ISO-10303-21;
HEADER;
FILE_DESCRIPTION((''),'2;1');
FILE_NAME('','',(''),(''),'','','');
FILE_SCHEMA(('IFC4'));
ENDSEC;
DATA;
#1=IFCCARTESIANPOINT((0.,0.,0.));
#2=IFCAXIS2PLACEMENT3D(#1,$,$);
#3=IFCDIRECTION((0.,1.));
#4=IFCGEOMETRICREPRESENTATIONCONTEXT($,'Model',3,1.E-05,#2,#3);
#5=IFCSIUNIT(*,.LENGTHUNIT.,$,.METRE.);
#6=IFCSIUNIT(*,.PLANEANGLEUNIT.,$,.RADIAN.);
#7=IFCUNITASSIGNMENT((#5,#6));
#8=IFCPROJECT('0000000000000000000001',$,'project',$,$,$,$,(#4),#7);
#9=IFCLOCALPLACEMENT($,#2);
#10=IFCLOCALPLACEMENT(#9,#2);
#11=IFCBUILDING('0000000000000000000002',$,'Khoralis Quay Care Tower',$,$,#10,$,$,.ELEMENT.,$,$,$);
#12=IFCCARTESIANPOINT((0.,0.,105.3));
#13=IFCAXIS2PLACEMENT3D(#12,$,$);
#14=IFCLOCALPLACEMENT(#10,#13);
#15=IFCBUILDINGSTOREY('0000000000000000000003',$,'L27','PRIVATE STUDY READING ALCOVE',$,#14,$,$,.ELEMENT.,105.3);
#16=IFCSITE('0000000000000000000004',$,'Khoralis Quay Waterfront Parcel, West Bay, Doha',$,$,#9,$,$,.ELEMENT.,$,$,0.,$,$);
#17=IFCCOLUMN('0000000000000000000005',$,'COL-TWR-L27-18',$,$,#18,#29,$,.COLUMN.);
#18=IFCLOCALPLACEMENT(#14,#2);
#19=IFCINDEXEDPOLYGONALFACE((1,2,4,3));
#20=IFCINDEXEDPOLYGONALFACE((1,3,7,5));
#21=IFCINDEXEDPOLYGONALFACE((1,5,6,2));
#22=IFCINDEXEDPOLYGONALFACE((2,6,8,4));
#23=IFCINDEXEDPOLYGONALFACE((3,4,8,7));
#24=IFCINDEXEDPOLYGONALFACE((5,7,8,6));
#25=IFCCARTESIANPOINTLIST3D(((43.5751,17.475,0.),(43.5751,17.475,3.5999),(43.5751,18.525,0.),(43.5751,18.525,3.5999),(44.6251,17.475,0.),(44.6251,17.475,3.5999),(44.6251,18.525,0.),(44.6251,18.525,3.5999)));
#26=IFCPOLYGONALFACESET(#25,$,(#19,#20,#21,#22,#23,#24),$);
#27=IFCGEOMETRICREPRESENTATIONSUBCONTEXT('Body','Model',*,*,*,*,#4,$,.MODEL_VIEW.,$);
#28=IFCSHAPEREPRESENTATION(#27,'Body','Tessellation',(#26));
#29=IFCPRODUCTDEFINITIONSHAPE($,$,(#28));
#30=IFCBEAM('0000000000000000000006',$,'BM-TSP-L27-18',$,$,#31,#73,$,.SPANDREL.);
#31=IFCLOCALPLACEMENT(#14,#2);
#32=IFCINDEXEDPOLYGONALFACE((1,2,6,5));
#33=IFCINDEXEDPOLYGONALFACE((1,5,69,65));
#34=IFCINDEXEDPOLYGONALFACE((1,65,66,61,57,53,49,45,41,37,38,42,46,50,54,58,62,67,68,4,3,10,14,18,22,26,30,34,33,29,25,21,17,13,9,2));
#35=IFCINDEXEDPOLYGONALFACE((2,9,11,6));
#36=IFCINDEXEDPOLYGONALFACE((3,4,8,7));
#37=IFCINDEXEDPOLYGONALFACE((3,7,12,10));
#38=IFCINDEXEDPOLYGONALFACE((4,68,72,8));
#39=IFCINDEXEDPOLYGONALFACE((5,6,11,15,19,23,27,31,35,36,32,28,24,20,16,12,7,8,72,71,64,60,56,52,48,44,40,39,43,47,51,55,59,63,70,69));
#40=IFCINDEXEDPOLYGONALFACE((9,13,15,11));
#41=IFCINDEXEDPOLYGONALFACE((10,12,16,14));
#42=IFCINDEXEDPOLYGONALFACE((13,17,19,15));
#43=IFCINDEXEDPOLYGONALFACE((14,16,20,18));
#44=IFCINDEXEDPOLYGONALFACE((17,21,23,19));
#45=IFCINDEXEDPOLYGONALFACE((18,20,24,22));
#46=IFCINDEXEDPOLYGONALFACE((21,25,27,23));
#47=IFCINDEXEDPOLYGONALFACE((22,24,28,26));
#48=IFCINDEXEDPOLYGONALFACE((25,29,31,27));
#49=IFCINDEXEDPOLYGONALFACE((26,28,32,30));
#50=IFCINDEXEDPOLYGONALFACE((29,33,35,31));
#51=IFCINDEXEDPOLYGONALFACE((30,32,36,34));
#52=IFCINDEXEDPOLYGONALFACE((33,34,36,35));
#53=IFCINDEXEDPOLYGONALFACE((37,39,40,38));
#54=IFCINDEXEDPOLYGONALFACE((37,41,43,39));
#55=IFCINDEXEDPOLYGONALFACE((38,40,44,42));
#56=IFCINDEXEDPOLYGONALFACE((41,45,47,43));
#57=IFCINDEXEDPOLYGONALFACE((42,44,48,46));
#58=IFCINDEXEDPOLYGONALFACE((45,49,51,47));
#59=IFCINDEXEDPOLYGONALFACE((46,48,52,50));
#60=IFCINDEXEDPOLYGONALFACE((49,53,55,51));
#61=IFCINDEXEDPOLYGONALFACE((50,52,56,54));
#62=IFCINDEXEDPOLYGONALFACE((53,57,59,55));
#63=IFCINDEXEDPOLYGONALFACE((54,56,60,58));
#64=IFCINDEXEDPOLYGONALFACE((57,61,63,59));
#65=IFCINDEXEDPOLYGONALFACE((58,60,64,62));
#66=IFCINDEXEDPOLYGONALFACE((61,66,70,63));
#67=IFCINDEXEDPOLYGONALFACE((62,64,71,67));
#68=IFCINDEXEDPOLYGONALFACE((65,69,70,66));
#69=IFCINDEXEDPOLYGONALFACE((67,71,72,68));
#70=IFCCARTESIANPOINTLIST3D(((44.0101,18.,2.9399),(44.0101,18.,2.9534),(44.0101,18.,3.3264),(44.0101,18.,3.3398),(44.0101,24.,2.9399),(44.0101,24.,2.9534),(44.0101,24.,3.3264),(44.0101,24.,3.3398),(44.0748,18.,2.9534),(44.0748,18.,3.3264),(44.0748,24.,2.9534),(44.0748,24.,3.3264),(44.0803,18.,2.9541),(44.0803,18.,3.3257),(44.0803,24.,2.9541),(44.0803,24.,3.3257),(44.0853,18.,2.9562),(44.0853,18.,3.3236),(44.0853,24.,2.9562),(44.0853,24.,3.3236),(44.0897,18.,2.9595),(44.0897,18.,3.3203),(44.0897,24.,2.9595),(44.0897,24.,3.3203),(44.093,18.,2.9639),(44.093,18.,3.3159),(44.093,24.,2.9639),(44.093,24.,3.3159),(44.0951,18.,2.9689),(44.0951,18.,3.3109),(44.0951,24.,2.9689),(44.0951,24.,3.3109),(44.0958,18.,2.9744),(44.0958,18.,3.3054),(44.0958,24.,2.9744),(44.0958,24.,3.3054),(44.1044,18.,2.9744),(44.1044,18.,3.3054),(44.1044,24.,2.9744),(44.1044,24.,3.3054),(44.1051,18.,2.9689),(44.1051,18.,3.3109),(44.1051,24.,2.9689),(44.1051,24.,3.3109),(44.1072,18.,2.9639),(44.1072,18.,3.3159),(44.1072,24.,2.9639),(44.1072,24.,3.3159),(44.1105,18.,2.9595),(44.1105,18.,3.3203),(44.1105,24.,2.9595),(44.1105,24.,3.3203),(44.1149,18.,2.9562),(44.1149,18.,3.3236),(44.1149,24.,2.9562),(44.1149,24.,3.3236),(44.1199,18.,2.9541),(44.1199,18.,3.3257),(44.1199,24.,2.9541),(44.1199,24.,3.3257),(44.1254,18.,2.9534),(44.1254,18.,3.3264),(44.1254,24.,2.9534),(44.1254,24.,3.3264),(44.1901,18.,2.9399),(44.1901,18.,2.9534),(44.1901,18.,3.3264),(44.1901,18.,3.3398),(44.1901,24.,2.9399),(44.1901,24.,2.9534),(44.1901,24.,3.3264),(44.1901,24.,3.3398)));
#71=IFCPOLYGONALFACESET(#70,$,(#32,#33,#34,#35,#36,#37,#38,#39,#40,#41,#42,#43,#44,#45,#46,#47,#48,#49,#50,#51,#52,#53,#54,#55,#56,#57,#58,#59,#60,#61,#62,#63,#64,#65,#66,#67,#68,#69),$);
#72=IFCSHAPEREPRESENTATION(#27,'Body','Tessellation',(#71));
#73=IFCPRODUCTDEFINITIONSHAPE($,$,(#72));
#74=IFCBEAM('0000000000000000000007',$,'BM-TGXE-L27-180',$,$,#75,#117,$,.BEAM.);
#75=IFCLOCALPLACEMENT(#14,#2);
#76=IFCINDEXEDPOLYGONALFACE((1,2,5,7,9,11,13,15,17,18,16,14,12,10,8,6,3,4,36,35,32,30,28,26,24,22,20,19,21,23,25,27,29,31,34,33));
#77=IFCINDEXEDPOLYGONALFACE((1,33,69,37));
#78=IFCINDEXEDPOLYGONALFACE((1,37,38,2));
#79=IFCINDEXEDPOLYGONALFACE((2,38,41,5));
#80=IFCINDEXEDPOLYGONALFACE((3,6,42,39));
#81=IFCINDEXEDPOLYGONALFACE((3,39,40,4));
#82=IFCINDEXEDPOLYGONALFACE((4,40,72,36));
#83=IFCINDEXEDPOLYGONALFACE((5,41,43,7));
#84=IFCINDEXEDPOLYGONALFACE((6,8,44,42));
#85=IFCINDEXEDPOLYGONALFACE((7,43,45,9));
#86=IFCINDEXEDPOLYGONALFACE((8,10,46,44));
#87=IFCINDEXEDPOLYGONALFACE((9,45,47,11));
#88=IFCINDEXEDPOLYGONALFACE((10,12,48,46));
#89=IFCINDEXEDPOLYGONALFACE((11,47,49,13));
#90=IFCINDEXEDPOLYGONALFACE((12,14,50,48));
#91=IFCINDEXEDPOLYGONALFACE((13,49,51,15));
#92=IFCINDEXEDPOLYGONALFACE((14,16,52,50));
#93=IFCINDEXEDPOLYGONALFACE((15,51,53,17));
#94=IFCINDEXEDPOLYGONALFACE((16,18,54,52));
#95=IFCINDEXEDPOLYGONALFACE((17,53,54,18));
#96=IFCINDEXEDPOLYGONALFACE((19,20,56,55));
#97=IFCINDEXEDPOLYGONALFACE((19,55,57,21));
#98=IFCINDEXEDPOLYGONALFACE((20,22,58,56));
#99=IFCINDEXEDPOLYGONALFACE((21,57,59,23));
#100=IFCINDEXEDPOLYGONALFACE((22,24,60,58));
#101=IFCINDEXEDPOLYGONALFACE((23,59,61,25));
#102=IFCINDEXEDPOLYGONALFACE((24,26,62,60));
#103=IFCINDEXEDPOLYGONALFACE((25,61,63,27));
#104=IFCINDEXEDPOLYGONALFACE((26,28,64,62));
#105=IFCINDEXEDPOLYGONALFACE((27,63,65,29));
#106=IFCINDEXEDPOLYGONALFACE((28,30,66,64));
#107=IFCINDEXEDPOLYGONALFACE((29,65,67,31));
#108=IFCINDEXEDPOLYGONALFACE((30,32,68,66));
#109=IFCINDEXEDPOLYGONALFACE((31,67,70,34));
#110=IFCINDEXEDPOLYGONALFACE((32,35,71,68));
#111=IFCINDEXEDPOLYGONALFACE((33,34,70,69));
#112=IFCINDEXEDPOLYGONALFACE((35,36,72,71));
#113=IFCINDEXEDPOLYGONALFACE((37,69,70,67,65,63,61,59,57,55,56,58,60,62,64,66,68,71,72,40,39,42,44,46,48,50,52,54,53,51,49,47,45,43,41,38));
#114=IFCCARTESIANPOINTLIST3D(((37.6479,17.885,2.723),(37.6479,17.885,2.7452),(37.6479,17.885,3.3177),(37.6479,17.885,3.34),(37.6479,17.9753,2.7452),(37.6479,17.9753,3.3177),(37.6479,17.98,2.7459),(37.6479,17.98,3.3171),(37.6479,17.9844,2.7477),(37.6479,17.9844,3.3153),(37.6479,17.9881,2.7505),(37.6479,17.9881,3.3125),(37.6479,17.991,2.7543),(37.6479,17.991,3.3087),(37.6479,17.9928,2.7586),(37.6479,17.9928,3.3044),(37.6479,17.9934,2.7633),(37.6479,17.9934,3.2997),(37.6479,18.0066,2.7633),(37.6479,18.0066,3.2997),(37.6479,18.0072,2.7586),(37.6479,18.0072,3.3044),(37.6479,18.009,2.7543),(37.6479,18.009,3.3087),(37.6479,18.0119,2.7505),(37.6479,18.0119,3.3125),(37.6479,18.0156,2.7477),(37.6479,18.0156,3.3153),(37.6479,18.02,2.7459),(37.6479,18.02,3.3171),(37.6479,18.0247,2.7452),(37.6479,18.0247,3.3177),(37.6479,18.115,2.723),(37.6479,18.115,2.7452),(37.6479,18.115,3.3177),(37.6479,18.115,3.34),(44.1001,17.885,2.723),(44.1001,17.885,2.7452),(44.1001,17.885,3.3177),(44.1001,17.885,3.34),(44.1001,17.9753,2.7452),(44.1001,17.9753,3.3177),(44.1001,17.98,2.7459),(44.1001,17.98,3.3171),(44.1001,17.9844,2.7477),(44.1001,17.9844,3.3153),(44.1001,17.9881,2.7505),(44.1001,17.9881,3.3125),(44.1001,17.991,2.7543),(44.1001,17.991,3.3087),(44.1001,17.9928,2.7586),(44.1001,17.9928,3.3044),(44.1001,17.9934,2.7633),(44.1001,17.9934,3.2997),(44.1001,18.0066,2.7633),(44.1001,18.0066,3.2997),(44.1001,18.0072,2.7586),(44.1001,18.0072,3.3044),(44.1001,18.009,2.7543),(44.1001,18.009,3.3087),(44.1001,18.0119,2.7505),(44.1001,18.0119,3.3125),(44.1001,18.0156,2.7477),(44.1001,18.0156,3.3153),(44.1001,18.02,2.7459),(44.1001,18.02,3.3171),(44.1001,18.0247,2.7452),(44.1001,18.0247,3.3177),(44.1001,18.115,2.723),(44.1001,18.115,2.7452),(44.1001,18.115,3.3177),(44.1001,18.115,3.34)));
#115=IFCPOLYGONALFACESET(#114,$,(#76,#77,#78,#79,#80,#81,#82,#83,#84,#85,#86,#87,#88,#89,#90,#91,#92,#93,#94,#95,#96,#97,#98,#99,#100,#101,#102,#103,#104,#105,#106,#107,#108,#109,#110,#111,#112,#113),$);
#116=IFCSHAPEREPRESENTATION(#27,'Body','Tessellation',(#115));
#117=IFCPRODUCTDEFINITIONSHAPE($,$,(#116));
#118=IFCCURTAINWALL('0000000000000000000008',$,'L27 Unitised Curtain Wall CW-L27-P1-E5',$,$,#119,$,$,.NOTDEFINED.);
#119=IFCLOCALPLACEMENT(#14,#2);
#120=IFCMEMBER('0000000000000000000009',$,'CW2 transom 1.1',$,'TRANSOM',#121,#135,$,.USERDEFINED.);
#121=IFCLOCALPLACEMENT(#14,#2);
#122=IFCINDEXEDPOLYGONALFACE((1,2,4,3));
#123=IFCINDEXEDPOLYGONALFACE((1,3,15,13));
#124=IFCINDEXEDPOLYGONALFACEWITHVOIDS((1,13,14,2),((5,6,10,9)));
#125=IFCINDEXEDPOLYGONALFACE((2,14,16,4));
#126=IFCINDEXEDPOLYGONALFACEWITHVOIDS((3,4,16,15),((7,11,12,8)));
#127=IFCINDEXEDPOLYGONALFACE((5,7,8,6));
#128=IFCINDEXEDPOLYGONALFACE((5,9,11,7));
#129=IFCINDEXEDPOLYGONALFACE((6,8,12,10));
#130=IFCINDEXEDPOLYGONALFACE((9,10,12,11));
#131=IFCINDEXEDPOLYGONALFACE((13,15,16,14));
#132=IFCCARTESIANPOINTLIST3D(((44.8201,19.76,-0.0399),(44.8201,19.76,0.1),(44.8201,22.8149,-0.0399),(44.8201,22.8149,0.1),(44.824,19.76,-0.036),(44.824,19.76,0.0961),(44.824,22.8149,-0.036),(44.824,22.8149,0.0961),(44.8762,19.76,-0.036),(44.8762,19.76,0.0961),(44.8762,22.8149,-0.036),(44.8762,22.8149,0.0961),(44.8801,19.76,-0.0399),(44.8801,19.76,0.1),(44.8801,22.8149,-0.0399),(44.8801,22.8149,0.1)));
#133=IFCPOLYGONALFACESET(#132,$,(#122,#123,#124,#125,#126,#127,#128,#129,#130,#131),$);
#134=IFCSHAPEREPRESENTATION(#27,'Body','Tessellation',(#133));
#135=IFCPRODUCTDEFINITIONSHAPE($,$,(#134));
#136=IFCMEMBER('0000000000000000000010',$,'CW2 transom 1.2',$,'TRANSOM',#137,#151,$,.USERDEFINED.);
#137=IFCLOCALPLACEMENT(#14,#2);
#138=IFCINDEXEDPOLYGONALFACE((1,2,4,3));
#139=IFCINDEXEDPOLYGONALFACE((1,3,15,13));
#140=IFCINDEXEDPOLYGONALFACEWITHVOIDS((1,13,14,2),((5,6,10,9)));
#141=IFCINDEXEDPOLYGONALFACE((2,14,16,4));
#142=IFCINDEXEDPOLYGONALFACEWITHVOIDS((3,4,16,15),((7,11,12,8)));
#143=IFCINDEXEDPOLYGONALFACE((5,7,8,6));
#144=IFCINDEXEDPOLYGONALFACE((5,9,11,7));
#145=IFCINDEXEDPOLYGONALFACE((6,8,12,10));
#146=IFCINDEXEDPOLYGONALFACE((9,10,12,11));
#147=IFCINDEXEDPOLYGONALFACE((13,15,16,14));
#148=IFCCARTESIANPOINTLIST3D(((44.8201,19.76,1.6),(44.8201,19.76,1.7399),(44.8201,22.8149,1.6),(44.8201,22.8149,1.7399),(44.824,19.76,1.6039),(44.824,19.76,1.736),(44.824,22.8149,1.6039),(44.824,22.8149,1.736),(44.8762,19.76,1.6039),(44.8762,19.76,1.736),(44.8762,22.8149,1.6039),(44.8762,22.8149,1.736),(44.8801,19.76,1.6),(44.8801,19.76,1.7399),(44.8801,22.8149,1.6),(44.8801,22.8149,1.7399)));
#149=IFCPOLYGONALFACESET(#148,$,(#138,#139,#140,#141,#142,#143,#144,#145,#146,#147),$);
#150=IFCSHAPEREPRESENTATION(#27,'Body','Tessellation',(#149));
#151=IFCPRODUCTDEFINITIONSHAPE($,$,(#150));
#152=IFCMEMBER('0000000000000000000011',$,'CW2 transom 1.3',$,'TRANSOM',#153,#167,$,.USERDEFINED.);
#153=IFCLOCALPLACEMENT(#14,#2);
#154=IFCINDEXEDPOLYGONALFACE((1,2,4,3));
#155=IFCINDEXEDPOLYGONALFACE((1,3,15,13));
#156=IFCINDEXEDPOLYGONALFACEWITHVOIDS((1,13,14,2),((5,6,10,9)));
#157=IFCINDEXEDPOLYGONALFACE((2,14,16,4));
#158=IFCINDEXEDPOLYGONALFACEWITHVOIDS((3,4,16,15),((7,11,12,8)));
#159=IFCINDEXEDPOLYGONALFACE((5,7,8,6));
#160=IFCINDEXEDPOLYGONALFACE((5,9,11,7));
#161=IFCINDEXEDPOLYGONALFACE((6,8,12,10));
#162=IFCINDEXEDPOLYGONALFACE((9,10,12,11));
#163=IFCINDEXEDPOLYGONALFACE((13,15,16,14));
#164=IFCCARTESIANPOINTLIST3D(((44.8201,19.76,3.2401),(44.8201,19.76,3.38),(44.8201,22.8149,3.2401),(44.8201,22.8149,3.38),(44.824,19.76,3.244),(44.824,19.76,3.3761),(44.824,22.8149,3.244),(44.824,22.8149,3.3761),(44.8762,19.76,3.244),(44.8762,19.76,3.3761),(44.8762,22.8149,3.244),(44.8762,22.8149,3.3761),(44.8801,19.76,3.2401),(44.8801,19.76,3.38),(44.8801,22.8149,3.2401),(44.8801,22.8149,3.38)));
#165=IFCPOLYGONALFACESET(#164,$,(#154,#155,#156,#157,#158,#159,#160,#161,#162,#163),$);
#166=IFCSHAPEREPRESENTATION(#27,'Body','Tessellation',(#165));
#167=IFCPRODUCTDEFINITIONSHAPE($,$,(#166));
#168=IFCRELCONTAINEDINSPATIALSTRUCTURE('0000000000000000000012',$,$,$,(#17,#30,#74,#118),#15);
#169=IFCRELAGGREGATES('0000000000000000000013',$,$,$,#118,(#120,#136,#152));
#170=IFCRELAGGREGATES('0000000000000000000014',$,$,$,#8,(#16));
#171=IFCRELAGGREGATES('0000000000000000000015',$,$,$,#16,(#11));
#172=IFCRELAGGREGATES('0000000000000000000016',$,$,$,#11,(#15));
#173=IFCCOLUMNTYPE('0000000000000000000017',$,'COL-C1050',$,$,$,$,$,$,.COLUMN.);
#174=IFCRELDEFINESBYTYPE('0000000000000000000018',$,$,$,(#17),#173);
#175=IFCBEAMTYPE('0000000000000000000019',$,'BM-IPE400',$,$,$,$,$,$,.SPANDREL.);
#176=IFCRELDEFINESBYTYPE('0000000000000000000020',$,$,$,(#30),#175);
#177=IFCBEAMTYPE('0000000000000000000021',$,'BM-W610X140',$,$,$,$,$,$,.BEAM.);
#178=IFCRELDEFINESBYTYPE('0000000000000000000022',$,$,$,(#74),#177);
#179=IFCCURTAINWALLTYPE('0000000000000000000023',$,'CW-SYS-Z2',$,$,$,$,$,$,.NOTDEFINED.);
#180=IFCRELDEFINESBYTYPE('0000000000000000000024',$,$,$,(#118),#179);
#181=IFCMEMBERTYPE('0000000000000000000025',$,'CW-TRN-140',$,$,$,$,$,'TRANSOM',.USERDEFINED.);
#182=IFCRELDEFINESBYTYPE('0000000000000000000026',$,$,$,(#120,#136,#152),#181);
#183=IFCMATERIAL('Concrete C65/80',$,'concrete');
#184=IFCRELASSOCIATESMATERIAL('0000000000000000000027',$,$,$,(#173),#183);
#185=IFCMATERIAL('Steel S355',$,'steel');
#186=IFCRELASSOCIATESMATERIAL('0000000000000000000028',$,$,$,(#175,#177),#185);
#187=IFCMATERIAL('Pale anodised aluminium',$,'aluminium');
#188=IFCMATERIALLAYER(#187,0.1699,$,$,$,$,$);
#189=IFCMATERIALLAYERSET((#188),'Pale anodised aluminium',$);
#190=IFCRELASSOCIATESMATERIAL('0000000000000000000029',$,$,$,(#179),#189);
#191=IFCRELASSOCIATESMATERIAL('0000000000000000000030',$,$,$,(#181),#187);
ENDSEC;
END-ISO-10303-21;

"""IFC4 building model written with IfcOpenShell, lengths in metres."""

from ifc_helpers import new_model, si_unit, direction, frame, origin, origin_2d, place, context, subcontext, project, spatial, rectangle, hollow_rectangle, i_section, extrude, source, transform, mapped, material, layer, layer_set, material_profile, profile_set, type_object, element, aggregate, save


model = new_model("IFC4")

# Units and contexts
model_context = context("Model", 3, precision=1e-05, world=origin(), true_north=direction((0.0, 1.0)))
body_context = subcontext(model_context, "Body", "Model", "MODEL_VIEW")
ifc_project = project(units=[si_unit("LENGTHUNIT", "METRE"), si_unit("PLANEANGLEUNIT", "RADIAN")], contexts=[model_context])

# Site, building, storey
site_placement = place(None, origin())
site = spatial("IfcSite", under=ifc_project, at=site_placement, Name="Khoralis Quay Waterfront Parcel, West Bay, Doha", CompositionType="ELEMENT", RefElevation=0.0)
building_placement = place(site_placement, origin())
building = spatial("IfcBuilding", under=site, at=building_placement, Name="Khoralis Quay Care Tower", CompositionType="ELEMENT")
storey_placement = place(building_placement, frame((0.0, 0.0, 105.3)))
storey = spatial("IfcBuildingStorey", under=building, at=storey_placement, Name="L27", Description="PRIVATE STUDY READING ALCOVE", CompositionType="ELEMENT", Elevation=105.3)

# Column
ifc_material_1 = material(Name="Concrete C65/80", Category="concrete")
ifc_material_profile_1 = material_profile(ifc_material_1, rectangle(XDim=1.05, YDim=1.05, at=origin_2d()), Name="Concrete C65/80")
ifc_profile_set_1 = profile_set([ifc_material_profile_1], Name="Concrete C65/80")
column_type = type_object("IfcColumnType", Name="COL-C1050", PredefinedType="COLUMN", material=ifc_profile_set_1)
shared_shape_1 = source(origin(), body_context, "Body", "SweptSolid", [
    extrude(rectangle(XDim=1.05, YDim=1.05, at=origin_2d()), origin(), (0.0, 0.0, 1.0), 3.5999),
])
column_placement = place(storey_placement, frame((44.1001, 18.0, 0.0), z_axis=(0.0, 0.0, 1.0), x_axis=(1.0, 0.0, 0.0)))
element("IfcColumn", 1, at=column_placement, inside=storey, type_object=column_type, Name="COL-TWR-L27-18", PredefinedType="COLUMN", context=body_context, shape_type="MappedRepresentation", body=[
    mapped(shared_shape_1, transform((0.0, 0.0, 0.0), scale=1.0)),
])

# Beams
ifc_material_2 = material(Name="Steel S355", Category="steel")
ifc_material_profile_2 = material_profile(ifc_material_2, i_section(OverallWidth=0.1799, OverallDepth=0.3999, WebThickness=0.0085, FlangeThickness=0.0134, FilletRadius=0.021, at=origin_2d()), Name="Steel S355")
ifc_profile_set_2 = profile_set([ifc_material_profile_2], Name="Steel S355")
beam_type_1 = type_object("IfcBeamType", Name="BM-IPE400", PredefinedType="SPANDREL", material=ifc_profile_set_2)
shared_shape_2 = source(origin(), body_context, "Body", "SweptSolid", [
    extrude(i_section(OverallWidth=0.1799, OverallDepth=0.3999, WebThickness=0.0085, FlangeThickness=0.0134, FilletRadius=0.021, at=origin_2d()), origin(), (0.0, 0.0, 1.0), 6.0),
])
beam_1_placement = place(storey_placement, frame((44.1001, 18.0, 3.1399), z_axis=(0.0, 1.0, 0.0), x_axis=(-1.0, 0.0, 0.0)))
element("IfcBeam", 2, at=beam_1_placement, inside=storey, type_object=beam_type_1, Name="BM-TSP-L27-18", PredefinedType="SPANDREL", context=body_context, shape_type="MappedRepresentation", body=[
    mapped(shared_shape_2, transform((0.0, 0.0, 0.0), scale=1.0)),
])
ifc_material_profile_3 = material_profile(ifc_material_2, i_section(OverallWidth=0.23, OverallDepth=0.6169, WebThickness=0.0132, FlangeThickness=0.0222, FilletRadius=0.0181, at=origin_2d()), Name="Steel S355")
ifc_profile_set_3 = profile_set([ifc_material_profile_3], Name="Steel S355")
beam_type_2 = type_object("IfcBeamType", Name="BM-W610X140", PredefinedType="BEAM", material=ifc_profile_set_3)
shared_shape_3 = source(origin(), body_context, "Body", "SweptSolid", [
    extrude(i_section(OverallWidth=0.23, OverallDepth=0.6169, WebThickness=0.0132, FlangeThickness=0.0222, FilletRadius=0.0181, at=origin_2d()), origin(), (0.0, 0.0, 1.0), 6.4521),
])
beam_2_placement = place(storey_placement, frame((37.6479, 18.0, 3.0315), z_axis=(1.0, 0.0, 0.0), x_axis=(0.0, 1.0, 0.0)))
element("IfcBeam", 3, at=beam_2_placement, inside=storey, type_object=beam_type_2, Name="BM-TGXE-L27-180", PredefinedType="BEAM", context=body_context, shape_type="MappedRepresentation", body=[
    mapped(shared_shape_3, transform((0.0, 0.0, 0.0), scale=1.0)),
])

# Curtain wall, members
ifc_material_3 = material(Name="Pale anodised aluminium", Category="aluminium")
ifc_layer_1 = layer(ifc_material_3, 0.1699)
ifc_layer_set_1 = layer_set([ifc_layer_1], Name="Pale anodised aluminium")
curtain_wall_type = type_object("IfcCurtainWallType", Name="CW-SYS-Z2", PredefinedType="NOTDEFINED", material=ifc_layer_set_1)
curtain_wall_placement = place(storey_placement, origin())
curtain_wall = element("IfcCurtainWall", 4, at=curtain_wall_placement, inside=storey, type_object=curtain_wall_type, Name="L27 Unitised Curtain Wall CW-L27-P1-E5", PredefinedType="NOTDEFINED")
ifc_material_profile_4 = material_profile(ifc_material_3, hollow_rectangle(XDim=0.0601, YDim=0.1399, WallThickness=0.0039, at=origin_2d()), Name="Pale anodised aluminium")
ifc_profile_set_4 = profile_set([ifc_material_profile_4], Name="Pale anodised aluminium")
member_type_1 = type_object("IfcMemberType", Name="CW-TRN-140", ElementType="TRANSOM", PredefinedType="USERDEFINED", material=ifc_profile_set_4)
shared_shape_4 = source(origin(), body_context, "Body", "SweptSolid", [
    extrude(hollow_rectangle(XDim=0.0601, YDim=0.1399, WallThickness=0.0039, at=origin_2d()), origin(), (0.0, 0.0, 1.0), 3.0549),
])
member_1_placement = place(storey_placement, frame((44.8501, 19.76, 0.03), z_axis=(0.0, 1.0, 0.0), x_axis=(-1.0, 0.0, 0.0)))
member_1 = element("IfcMember", 5, at=member_1_placement, type_object=member_type_1, Name="CW2 transom 1.1", ObjectType="TRANSOM", PredefinedType="USERDEFINED", context=body_context, shape_type="MappedRepresentation", body=[
    mapped(shared_shape_4, transform((0.0, 0.0, 0.0), scale=1.0)),
])
member_2_placement = place(storey_placement, frame((44.8501, 19.76, 1.6699), z_axis=(0.0, 1.0, 0.0), x_axis=(-1.0, 0.0, 0.0)))
member_2 = element("IfcMember", 6, at=member_2_placement, type_object=member_type_1, Name="CW2 transom 1.2", ObjectType="TRANSOM", PredefinedType="USERDEFINED", context=body_context, shape_type="MappedRepresentation", body=[
    mapped(shared_shape_4, transform((0.0, 0.0, 0.0), scale=1.0)),
])
member_3_placement = place(storey_placement, frame((44.8501, 19.76, 3.3101), z_axis=(0.0, 1.0, 0.0), x_axis=(-1.0, 0.0, 0.0)))
member_3 = element("IfcMember", 7, at=member_3_placement, type_object=member_type_1, Name="CW2 transom 1.3", ObjectType="TRANSOM", PredefinedType="USERDEFINED", context=body_context, shape_type="MappedRepresentation", body=[
    mapped(shared_shape_4, transform((0.0, 0.0, 0.0), scale=1.0)),
])
aggregate(curtain_wall, [member_1, member_2, member_3])

save(model, "model.ifc")
